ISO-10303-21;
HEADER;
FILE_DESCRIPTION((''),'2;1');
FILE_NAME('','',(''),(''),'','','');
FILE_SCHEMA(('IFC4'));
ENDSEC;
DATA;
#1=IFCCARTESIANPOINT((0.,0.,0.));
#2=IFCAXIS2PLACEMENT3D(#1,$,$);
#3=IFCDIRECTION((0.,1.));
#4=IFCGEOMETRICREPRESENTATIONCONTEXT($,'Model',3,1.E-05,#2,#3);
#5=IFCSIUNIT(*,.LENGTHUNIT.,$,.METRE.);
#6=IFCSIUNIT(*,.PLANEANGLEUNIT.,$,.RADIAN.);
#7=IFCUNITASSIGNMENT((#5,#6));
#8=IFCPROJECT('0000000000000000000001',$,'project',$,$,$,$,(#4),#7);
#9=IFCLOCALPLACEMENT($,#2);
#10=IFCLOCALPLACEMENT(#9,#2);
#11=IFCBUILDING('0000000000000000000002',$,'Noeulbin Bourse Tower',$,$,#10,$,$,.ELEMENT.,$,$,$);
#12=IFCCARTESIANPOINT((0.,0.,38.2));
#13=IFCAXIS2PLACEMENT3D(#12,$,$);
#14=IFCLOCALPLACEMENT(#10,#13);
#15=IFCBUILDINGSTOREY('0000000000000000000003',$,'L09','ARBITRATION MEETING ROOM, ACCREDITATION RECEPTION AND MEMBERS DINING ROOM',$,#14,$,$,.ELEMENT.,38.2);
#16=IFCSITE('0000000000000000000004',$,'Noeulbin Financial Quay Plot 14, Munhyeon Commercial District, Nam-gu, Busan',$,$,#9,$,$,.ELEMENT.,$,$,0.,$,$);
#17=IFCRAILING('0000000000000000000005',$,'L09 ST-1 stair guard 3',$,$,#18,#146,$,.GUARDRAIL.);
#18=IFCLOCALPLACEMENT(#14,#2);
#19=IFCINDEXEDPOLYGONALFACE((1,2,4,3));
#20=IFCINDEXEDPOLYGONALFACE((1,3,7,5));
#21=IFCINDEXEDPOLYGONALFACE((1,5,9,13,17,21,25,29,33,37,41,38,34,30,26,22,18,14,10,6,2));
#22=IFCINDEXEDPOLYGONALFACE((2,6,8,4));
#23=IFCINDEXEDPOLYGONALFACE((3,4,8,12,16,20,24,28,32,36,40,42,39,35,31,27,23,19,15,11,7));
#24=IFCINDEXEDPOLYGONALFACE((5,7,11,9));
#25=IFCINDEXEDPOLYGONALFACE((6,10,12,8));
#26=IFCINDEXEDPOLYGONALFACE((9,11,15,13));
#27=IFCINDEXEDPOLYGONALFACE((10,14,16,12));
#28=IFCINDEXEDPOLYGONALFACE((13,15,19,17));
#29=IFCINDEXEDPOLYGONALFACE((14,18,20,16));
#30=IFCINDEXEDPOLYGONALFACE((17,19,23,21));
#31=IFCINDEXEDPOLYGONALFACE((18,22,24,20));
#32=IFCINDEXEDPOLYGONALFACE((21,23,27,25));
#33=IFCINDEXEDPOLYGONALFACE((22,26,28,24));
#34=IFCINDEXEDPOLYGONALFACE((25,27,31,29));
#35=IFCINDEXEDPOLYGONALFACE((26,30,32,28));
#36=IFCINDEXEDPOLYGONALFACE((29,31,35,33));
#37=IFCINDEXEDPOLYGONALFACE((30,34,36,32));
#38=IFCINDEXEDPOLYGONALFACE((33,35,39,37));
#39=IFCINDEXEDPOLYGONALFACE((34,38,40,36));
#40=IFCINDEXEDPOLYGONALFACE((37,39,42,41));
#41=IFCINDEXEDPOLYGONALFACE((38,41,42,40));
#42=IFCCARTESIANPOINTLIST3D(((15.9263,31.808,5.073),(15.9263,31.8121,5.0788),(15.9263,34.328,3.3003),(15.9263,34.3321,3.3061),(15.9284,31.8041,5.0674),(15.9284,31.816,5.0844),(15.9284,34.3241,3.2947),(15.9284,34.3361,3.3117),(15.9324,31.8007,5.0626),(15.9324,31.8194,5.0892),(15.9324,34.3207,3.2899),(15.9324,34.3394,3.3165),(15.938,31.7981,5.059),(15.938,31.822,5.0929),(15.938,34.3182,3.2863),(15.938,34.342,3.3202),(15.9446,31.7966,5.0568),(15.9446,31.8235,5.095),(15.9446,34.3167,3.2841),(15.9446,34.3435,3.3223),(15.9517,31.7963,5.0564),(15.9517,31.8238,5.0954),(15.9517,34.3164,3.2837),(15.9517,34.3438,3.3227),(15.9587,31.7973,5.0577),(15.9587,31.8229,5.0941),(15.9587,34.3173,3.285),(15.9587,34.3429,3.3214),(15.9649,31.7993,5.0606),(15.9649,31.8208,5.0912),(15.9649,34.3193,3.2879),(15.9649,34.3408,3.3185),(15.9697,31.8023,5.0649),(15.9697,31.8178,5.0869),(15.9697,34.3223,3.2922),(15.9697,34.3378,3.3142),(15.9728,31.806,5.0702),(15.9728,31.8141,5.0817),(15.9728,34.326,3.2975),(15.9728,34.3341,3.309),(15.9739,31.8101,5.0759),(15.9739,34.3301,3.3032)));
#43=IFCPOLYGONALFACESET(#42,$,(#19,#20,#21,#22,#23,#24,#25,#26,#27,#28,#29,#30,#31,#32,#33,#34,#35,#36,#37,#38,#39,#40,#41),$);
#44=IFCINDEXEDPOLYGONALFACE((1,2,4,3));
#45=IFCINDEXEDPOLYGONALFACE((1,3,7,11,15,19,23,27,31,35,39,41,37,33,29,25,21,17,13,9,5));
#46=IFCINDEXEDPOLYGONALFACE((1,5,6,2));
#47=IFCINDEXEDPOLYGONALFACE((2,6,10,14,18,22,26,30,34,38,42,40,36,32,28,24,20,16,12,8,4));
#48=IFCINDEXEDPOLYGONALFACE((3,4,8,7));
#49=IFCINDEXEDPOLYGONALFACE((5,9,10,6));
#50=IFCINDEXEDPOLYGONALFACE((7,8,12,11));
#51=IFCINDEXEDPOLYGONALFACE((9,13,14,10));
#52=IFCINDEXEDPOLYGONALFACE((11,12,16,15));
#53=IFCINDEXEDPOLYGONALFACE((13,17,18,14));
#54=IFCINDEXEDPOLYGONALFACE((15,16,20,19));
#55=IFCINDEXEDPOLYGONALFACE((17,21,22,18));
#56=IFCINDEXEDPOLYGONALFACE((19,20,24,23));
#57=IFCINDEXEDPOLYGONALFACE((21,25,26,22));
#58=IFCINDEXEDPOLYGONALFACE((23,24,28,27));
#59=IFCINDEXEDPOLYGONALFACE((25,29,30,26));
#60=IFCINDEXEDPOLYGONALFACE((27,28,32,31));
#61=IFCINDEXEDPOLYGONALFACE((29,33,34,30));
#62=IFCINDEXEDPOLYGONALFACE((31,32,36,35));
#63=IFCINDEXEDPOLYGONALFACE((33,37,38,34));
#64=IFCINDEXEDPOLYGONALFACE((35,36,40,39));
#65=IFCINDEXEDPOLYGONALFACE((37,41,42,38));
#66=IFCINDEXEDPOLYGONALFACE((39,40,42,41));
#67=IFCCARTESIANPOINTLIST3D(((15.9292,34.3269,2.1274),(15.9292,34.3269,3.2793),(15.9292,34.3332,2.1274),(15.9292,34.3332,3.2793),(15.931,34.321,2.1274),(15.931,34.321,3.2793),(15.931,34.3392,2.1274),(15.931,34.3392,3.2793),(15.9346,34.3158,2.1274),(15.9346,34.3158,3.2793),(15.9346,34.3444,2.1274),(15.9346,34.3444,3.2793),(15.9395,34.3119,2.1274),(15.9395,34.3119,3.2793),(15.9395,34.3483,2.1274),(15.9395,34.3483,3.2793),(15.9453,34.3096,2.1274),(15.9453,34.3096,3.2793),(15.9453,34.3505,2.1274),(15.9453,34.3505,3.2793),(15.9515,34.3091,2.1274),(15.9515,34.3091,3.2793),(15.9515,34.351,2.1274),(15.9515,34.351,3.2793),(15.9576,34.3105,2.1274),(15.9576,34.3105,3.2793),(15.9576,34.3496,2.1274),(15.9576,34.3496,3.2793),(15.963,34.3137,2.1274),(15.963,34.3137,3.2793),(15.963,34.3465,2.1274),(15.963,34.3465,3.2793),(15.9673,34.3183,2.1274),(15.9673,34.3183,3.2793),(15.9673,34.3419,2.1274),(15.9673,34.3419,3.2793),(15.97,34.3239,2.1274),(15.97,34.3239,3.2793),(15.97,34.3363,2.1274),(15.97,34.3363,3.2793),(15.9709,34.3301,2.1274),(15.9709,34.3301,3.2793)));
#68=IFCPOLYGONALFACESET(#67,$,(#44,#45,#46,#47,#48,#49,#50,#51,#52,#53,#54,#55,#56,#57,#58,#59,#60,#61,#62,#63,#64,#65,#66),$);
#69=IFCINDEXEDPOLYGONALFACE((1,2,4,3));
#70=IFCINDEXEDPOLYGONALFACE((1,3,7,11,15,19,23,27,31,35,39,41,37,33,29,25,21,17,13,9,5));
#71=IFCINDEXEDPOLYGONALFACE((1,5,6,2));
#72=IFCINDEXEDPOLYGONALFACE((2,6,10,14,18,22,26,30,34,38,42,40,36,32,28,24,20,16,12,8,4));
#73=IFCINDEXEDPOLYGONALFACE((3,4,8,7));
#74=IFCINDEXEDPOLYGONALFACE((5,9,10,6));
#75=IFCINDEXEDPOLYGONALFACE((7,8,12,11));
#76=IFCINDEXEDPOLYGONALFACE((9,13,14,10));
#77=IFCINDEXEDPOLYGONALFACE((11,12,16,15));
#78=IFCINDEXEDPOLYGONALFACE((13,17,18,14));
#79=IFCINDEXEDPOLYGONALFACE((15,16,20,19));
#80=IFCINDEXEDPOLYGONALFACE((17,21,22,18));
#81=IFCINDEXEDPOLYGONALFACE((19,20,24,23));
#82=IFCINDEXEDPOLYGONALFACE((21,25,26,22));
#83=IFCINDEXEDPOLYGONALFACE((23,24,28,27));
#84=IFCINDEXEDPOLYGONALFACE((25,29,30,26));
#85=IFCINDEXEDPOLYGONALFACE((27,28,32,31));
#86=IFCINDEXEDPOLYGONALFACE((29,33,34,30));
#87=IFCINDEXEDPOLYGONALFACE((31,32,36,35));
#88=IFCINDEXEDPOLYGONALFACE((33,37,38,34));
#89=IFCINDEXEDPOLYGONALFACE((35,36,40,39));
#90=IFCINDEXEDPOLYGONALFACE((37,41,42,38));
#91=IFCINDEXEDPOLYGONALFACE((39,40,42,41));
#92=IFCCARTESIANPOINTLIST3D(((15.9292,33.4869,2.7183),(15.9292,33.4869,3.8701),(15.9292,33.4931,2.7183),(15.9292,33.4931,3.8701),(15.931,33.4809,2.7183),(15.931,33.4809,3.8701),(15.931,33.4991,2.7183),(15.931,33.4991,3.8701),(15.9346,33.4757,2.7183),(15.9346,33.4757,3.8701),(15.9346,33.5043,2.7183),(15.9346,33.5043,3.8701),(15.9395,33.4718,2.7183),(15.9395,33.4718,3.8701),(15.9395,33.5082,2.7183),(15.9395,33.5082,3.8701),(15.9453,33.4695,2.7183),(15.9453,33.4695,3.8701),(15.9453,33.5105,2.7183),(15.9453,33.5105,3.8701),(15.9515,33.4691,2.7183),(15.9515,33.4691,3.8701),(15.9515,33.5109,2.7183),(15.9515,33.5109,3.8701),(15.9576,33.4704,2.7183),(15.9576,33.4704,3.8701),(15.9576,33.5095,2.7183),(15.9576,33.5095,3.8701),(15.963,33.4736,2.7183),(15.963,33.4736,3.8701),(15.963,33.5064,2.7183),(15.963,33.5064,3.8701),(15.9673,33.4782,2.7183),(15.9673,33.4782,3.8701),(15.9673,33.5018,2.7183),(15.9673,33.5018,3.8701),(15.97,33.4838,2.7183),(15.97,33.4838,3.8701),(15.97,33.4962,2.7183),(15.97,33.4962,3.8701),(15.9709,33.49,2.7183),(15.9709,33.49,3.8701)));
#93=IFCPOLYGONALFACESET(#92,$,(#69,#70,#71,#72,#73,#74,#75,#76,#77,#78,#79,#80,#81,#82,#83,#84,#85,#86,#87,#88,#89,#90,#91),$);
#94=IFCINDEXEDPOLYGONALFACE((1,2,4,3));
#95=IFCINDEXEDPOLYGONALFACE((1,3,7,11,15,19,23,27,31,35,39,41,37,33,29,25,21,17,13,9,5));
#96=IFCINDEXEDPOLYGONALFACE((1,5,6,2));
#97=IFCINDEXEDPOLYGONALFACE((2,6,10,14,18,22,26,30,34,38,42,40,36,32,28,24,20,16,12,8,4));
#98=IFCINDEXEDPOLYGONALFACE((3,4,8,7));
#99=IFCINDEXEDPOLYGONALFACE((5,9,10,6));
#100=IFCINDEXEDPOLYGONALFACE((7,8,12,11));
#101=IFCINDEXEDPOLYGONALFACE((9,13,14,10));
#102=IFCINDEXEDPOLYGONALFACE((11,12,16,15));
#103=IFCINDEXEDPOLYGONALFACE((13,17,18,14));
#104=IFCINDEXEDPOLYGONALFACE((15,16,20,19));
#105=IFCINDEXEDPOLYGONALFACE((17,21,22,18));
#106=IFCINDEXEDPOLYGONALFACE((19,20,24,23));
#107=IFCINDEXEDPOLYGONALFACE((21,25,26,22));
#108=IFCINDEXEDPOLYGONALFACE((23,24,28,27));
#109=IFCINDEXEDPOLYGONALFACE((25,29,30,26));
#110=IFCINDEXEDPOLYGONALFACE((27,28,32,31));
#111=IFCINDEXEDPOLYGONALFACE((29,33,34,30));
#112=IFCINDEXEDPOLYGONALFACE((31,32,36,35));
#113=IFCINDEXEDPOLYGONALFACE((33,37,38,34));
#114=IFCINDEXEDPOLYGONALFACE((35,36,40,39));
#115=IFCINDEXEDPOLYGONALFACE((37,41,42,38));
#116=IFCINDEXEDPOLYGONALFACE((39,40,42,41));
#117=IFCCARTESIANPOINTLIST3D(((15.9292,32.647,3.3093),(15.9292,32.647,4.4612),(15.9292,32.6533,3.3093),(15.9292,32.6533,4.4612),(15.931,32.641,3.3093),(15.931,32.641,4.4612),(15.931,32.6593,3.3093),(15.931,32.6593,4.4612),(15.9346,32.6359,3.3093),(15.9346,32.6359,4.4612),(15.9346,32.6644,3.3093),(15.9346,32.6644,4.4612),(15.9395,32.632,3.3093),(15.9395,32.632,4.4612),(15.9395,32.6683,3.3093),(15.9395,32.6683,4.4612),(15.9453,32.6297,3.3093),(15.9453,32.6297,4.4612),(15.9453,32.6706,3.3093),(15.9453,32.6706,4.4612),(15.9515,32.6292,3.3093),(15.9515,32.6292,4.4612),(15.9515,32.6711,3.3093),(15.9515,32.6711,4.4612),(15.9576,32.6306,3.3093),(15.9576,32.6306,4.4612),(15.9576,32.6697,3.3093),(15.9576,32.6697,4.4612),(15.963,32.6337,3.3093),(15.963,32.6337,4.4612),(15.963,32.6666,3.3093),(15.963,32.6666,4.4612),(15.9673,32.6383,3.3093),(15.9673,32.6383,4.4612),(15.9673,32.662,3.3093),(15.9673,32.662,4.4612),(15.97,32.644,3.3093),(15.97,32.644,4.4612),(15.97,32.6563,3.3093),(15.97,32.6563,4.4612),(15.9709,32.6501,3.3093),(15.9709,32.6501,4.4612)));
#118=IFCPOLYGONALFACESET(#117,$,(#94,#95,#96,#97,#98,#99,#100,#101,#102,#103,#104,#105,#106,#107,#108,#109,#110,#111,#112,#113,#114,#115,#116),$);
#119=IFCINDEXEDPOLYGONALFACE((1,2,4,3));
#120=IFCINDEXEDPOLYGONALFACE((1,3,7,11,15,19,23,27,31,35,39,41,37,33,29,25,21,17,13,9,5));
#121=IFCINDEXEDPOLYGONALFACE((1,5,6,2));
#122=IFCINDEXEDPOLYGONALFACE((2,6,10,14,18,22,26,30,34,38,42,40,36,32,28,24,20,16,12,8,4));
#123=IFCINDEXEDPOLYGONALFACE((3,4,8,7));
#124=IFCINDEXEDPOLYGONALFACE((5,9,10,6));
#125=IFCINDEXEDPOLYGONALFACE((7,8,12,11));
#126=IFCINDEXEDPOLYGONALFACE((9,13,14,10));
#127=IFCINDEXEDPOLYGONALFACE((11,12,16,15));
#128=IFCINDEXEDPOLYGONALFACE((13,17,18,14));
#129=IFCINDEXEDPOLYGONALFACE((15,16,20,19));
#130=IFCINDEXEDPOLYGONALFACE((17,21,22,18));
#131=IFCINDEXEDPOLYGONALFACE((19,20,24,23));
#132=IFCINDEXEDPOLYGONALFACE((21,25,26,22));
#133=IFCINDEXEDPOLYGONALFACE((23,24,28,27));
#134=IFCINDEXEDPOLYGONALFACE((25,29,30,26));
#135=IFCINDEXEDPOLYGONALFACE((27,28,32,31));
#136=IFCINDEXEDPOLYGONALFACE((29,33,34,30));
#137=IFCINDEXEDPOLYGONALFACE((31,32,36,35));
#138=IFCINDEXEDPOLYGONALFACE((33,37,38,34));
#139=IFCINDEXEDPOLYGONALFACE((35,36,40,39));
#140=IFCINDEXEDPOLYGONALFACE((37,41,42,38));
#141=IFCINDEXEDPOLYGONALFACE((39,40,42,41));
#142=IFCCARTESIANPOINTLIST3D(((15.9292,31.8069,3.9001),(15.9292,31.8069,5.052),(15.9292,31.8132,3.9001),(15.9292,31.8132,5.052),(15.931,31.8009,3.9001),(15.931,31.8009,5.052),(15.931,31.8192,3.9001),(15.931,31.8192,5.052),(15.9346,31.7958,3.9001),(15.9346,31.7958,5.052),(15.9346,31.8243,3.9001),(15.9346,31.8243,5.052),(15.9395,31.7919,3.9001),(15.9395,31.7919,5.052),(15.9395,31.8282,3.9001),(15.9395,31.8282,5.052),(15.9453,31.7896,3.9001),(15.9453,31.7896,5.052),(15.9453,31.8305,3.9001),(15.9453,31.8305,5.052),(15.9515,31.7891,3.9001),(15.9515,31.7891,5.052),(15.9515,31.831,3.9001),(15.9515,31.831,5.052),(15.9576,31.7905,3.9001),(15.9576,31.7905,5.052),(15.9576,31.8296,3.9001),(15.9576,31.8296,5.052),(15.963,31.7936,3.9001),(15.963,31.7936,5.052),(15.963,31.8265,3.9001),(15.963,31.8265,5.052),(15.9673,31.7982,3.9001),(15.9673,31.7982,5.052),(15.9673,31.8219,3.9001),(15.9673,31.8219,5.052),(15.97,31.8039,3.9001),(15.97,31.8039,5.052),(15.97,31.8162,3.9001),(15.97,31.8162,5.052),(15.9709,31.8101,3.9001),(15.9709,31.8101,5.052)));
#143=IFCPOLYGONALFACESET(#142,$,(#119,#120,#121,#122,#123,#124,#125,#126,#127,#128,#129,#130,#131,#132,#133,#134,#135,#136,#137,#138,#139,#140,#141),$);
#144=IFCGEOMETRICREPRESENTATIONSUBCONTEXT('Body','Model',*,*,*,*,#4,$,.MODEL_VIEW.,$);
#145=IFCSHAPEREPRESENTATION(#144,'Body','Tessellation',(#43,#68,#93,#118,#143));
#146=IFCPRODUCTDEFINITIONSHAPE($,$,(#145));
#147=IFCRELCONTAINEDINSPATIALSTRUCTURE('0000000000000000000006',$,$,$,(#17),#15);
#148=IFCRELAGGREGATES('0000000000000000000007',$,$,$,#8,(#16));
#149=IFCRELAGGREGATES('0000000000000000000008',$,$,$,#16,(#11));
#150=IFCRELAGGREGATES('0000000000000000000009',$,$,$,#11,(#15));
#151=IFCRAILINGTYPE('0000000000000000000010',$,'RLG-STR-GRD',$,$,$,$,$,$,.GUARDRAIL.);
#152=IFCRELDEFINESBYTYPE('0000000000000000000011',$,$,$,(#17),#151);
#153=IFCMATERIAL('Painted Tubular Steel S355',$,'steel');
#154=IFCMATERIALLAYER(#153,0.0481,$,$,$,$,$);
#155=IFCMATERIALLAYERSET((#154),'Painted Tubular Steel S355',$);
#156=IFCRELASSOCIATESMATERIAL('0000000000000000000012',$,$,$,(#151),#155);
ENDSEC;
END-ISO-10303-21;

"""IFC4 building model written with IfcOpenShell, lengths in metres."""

from ifc_helpers import new_model, si_unit, direction, frame, origin, origin_2d, place, context, subcontext, project, spatial, circle, extrude, material, layer, layer_set, type_object, element, save


model = new_model("IFC4")

# Units and contexts
model_context = context("Model", 3, precision=1e-05, world=origin(), true_north=direction((0.0, 1.0)))
body_context = subcontext(model_context, "Body", "Model", "MODEL_VIEW")
ifc_project = project(units=[si_unit("LENGTHUNIT", "METRE"), si_unit("PLANEANGLEUNIT", "RADIAN")], contexts=[model_context])

# Site, building, storey
site_placement = place(None, origin())
site = spatial("IfcSite", under=ifc_project, at=site_placement, Name="Noeulbin Financial Quay Plot 14, Munhyeon Commercial District, Nam-gu, Busan", CompositionType="ELEMENT", RefElevation=0.0)
building_placement = place(site_placement, origin())
building = spatial("IfcBuilding", under=site, at=building_placement, Name="Noeulbin Bourse Tower", CompositionType="ELEMENT")
storey_placement = place(building_placement, frame((0.0, 0.0, 38.2)))
storey = spatial("IfcBuildingStorey", under=building, at=storey_placement, Name="L09", Description="ARBITRATION MEETING ROOM, ACCREDITATION RECEPTION AND MEMBERS DINING ROOM", CompositionType="ELEMENT", Elevation=38.2)

# Railing
ifc_material_1 = material(Name="Painted Tubular Steel S355", Category="steel")
ifc_layer_1 = layer(ifc_material_1, 0.0481)
ifc_layer_set_1 = layer_set([ifc_layer_1], Name="Painted Tubular Steel S355")
railing_type_1 = type_object("IfcRailingType", Name="RLG-STR-GRD", PredefinedType="GUARDRAIL", material=ifc_layer_set_1)
railing_1_placement = place(storey_placement, frame((15.95, 34.3301, 2.1274)))
element("IfcRailing", 1, at=railing_1_placement, inside=storey, type_object=railing_type_1, Name="L09 ST-1 stair guard 3", PredefinedType="GUARDRAIL", context=body_context, shape_type="SweptSolid", body=[
    extrude(circle(Radius=0.0239, at=origin_2d()), frame((0.0, 0.0, 1.1758), z_axis=(0.0, -0.817904, 0.575354), x_axis=(1.0, 0.0, 0.0)), (0.0, 0.0, 1.0), 3.0811),
    extrude(circle(Radius=0.021, at=origin_2d()), origin(), (0.0, 0.0, 1.0), 1.1519),
    extrude(circle(Radius=0.021, at=origin_2d()), frame((0.0, -0.8401, 0.5908)), (0.0, 0.0, 1.0), 1.1519),
    extrude(circle(Radius=0.021, at=origin_2d()), frame((0.0, -1.6799, 1.1819)), (0.0, 0.0, 1.0), 1.1519),
    extrude(circle(Radius=0.021, at=origin_2d()), frame((0.0, -2.52, 1.7727)), (0.0, 0.0, 1.0), 1.1519),
])

save(model, "model.ifc")
